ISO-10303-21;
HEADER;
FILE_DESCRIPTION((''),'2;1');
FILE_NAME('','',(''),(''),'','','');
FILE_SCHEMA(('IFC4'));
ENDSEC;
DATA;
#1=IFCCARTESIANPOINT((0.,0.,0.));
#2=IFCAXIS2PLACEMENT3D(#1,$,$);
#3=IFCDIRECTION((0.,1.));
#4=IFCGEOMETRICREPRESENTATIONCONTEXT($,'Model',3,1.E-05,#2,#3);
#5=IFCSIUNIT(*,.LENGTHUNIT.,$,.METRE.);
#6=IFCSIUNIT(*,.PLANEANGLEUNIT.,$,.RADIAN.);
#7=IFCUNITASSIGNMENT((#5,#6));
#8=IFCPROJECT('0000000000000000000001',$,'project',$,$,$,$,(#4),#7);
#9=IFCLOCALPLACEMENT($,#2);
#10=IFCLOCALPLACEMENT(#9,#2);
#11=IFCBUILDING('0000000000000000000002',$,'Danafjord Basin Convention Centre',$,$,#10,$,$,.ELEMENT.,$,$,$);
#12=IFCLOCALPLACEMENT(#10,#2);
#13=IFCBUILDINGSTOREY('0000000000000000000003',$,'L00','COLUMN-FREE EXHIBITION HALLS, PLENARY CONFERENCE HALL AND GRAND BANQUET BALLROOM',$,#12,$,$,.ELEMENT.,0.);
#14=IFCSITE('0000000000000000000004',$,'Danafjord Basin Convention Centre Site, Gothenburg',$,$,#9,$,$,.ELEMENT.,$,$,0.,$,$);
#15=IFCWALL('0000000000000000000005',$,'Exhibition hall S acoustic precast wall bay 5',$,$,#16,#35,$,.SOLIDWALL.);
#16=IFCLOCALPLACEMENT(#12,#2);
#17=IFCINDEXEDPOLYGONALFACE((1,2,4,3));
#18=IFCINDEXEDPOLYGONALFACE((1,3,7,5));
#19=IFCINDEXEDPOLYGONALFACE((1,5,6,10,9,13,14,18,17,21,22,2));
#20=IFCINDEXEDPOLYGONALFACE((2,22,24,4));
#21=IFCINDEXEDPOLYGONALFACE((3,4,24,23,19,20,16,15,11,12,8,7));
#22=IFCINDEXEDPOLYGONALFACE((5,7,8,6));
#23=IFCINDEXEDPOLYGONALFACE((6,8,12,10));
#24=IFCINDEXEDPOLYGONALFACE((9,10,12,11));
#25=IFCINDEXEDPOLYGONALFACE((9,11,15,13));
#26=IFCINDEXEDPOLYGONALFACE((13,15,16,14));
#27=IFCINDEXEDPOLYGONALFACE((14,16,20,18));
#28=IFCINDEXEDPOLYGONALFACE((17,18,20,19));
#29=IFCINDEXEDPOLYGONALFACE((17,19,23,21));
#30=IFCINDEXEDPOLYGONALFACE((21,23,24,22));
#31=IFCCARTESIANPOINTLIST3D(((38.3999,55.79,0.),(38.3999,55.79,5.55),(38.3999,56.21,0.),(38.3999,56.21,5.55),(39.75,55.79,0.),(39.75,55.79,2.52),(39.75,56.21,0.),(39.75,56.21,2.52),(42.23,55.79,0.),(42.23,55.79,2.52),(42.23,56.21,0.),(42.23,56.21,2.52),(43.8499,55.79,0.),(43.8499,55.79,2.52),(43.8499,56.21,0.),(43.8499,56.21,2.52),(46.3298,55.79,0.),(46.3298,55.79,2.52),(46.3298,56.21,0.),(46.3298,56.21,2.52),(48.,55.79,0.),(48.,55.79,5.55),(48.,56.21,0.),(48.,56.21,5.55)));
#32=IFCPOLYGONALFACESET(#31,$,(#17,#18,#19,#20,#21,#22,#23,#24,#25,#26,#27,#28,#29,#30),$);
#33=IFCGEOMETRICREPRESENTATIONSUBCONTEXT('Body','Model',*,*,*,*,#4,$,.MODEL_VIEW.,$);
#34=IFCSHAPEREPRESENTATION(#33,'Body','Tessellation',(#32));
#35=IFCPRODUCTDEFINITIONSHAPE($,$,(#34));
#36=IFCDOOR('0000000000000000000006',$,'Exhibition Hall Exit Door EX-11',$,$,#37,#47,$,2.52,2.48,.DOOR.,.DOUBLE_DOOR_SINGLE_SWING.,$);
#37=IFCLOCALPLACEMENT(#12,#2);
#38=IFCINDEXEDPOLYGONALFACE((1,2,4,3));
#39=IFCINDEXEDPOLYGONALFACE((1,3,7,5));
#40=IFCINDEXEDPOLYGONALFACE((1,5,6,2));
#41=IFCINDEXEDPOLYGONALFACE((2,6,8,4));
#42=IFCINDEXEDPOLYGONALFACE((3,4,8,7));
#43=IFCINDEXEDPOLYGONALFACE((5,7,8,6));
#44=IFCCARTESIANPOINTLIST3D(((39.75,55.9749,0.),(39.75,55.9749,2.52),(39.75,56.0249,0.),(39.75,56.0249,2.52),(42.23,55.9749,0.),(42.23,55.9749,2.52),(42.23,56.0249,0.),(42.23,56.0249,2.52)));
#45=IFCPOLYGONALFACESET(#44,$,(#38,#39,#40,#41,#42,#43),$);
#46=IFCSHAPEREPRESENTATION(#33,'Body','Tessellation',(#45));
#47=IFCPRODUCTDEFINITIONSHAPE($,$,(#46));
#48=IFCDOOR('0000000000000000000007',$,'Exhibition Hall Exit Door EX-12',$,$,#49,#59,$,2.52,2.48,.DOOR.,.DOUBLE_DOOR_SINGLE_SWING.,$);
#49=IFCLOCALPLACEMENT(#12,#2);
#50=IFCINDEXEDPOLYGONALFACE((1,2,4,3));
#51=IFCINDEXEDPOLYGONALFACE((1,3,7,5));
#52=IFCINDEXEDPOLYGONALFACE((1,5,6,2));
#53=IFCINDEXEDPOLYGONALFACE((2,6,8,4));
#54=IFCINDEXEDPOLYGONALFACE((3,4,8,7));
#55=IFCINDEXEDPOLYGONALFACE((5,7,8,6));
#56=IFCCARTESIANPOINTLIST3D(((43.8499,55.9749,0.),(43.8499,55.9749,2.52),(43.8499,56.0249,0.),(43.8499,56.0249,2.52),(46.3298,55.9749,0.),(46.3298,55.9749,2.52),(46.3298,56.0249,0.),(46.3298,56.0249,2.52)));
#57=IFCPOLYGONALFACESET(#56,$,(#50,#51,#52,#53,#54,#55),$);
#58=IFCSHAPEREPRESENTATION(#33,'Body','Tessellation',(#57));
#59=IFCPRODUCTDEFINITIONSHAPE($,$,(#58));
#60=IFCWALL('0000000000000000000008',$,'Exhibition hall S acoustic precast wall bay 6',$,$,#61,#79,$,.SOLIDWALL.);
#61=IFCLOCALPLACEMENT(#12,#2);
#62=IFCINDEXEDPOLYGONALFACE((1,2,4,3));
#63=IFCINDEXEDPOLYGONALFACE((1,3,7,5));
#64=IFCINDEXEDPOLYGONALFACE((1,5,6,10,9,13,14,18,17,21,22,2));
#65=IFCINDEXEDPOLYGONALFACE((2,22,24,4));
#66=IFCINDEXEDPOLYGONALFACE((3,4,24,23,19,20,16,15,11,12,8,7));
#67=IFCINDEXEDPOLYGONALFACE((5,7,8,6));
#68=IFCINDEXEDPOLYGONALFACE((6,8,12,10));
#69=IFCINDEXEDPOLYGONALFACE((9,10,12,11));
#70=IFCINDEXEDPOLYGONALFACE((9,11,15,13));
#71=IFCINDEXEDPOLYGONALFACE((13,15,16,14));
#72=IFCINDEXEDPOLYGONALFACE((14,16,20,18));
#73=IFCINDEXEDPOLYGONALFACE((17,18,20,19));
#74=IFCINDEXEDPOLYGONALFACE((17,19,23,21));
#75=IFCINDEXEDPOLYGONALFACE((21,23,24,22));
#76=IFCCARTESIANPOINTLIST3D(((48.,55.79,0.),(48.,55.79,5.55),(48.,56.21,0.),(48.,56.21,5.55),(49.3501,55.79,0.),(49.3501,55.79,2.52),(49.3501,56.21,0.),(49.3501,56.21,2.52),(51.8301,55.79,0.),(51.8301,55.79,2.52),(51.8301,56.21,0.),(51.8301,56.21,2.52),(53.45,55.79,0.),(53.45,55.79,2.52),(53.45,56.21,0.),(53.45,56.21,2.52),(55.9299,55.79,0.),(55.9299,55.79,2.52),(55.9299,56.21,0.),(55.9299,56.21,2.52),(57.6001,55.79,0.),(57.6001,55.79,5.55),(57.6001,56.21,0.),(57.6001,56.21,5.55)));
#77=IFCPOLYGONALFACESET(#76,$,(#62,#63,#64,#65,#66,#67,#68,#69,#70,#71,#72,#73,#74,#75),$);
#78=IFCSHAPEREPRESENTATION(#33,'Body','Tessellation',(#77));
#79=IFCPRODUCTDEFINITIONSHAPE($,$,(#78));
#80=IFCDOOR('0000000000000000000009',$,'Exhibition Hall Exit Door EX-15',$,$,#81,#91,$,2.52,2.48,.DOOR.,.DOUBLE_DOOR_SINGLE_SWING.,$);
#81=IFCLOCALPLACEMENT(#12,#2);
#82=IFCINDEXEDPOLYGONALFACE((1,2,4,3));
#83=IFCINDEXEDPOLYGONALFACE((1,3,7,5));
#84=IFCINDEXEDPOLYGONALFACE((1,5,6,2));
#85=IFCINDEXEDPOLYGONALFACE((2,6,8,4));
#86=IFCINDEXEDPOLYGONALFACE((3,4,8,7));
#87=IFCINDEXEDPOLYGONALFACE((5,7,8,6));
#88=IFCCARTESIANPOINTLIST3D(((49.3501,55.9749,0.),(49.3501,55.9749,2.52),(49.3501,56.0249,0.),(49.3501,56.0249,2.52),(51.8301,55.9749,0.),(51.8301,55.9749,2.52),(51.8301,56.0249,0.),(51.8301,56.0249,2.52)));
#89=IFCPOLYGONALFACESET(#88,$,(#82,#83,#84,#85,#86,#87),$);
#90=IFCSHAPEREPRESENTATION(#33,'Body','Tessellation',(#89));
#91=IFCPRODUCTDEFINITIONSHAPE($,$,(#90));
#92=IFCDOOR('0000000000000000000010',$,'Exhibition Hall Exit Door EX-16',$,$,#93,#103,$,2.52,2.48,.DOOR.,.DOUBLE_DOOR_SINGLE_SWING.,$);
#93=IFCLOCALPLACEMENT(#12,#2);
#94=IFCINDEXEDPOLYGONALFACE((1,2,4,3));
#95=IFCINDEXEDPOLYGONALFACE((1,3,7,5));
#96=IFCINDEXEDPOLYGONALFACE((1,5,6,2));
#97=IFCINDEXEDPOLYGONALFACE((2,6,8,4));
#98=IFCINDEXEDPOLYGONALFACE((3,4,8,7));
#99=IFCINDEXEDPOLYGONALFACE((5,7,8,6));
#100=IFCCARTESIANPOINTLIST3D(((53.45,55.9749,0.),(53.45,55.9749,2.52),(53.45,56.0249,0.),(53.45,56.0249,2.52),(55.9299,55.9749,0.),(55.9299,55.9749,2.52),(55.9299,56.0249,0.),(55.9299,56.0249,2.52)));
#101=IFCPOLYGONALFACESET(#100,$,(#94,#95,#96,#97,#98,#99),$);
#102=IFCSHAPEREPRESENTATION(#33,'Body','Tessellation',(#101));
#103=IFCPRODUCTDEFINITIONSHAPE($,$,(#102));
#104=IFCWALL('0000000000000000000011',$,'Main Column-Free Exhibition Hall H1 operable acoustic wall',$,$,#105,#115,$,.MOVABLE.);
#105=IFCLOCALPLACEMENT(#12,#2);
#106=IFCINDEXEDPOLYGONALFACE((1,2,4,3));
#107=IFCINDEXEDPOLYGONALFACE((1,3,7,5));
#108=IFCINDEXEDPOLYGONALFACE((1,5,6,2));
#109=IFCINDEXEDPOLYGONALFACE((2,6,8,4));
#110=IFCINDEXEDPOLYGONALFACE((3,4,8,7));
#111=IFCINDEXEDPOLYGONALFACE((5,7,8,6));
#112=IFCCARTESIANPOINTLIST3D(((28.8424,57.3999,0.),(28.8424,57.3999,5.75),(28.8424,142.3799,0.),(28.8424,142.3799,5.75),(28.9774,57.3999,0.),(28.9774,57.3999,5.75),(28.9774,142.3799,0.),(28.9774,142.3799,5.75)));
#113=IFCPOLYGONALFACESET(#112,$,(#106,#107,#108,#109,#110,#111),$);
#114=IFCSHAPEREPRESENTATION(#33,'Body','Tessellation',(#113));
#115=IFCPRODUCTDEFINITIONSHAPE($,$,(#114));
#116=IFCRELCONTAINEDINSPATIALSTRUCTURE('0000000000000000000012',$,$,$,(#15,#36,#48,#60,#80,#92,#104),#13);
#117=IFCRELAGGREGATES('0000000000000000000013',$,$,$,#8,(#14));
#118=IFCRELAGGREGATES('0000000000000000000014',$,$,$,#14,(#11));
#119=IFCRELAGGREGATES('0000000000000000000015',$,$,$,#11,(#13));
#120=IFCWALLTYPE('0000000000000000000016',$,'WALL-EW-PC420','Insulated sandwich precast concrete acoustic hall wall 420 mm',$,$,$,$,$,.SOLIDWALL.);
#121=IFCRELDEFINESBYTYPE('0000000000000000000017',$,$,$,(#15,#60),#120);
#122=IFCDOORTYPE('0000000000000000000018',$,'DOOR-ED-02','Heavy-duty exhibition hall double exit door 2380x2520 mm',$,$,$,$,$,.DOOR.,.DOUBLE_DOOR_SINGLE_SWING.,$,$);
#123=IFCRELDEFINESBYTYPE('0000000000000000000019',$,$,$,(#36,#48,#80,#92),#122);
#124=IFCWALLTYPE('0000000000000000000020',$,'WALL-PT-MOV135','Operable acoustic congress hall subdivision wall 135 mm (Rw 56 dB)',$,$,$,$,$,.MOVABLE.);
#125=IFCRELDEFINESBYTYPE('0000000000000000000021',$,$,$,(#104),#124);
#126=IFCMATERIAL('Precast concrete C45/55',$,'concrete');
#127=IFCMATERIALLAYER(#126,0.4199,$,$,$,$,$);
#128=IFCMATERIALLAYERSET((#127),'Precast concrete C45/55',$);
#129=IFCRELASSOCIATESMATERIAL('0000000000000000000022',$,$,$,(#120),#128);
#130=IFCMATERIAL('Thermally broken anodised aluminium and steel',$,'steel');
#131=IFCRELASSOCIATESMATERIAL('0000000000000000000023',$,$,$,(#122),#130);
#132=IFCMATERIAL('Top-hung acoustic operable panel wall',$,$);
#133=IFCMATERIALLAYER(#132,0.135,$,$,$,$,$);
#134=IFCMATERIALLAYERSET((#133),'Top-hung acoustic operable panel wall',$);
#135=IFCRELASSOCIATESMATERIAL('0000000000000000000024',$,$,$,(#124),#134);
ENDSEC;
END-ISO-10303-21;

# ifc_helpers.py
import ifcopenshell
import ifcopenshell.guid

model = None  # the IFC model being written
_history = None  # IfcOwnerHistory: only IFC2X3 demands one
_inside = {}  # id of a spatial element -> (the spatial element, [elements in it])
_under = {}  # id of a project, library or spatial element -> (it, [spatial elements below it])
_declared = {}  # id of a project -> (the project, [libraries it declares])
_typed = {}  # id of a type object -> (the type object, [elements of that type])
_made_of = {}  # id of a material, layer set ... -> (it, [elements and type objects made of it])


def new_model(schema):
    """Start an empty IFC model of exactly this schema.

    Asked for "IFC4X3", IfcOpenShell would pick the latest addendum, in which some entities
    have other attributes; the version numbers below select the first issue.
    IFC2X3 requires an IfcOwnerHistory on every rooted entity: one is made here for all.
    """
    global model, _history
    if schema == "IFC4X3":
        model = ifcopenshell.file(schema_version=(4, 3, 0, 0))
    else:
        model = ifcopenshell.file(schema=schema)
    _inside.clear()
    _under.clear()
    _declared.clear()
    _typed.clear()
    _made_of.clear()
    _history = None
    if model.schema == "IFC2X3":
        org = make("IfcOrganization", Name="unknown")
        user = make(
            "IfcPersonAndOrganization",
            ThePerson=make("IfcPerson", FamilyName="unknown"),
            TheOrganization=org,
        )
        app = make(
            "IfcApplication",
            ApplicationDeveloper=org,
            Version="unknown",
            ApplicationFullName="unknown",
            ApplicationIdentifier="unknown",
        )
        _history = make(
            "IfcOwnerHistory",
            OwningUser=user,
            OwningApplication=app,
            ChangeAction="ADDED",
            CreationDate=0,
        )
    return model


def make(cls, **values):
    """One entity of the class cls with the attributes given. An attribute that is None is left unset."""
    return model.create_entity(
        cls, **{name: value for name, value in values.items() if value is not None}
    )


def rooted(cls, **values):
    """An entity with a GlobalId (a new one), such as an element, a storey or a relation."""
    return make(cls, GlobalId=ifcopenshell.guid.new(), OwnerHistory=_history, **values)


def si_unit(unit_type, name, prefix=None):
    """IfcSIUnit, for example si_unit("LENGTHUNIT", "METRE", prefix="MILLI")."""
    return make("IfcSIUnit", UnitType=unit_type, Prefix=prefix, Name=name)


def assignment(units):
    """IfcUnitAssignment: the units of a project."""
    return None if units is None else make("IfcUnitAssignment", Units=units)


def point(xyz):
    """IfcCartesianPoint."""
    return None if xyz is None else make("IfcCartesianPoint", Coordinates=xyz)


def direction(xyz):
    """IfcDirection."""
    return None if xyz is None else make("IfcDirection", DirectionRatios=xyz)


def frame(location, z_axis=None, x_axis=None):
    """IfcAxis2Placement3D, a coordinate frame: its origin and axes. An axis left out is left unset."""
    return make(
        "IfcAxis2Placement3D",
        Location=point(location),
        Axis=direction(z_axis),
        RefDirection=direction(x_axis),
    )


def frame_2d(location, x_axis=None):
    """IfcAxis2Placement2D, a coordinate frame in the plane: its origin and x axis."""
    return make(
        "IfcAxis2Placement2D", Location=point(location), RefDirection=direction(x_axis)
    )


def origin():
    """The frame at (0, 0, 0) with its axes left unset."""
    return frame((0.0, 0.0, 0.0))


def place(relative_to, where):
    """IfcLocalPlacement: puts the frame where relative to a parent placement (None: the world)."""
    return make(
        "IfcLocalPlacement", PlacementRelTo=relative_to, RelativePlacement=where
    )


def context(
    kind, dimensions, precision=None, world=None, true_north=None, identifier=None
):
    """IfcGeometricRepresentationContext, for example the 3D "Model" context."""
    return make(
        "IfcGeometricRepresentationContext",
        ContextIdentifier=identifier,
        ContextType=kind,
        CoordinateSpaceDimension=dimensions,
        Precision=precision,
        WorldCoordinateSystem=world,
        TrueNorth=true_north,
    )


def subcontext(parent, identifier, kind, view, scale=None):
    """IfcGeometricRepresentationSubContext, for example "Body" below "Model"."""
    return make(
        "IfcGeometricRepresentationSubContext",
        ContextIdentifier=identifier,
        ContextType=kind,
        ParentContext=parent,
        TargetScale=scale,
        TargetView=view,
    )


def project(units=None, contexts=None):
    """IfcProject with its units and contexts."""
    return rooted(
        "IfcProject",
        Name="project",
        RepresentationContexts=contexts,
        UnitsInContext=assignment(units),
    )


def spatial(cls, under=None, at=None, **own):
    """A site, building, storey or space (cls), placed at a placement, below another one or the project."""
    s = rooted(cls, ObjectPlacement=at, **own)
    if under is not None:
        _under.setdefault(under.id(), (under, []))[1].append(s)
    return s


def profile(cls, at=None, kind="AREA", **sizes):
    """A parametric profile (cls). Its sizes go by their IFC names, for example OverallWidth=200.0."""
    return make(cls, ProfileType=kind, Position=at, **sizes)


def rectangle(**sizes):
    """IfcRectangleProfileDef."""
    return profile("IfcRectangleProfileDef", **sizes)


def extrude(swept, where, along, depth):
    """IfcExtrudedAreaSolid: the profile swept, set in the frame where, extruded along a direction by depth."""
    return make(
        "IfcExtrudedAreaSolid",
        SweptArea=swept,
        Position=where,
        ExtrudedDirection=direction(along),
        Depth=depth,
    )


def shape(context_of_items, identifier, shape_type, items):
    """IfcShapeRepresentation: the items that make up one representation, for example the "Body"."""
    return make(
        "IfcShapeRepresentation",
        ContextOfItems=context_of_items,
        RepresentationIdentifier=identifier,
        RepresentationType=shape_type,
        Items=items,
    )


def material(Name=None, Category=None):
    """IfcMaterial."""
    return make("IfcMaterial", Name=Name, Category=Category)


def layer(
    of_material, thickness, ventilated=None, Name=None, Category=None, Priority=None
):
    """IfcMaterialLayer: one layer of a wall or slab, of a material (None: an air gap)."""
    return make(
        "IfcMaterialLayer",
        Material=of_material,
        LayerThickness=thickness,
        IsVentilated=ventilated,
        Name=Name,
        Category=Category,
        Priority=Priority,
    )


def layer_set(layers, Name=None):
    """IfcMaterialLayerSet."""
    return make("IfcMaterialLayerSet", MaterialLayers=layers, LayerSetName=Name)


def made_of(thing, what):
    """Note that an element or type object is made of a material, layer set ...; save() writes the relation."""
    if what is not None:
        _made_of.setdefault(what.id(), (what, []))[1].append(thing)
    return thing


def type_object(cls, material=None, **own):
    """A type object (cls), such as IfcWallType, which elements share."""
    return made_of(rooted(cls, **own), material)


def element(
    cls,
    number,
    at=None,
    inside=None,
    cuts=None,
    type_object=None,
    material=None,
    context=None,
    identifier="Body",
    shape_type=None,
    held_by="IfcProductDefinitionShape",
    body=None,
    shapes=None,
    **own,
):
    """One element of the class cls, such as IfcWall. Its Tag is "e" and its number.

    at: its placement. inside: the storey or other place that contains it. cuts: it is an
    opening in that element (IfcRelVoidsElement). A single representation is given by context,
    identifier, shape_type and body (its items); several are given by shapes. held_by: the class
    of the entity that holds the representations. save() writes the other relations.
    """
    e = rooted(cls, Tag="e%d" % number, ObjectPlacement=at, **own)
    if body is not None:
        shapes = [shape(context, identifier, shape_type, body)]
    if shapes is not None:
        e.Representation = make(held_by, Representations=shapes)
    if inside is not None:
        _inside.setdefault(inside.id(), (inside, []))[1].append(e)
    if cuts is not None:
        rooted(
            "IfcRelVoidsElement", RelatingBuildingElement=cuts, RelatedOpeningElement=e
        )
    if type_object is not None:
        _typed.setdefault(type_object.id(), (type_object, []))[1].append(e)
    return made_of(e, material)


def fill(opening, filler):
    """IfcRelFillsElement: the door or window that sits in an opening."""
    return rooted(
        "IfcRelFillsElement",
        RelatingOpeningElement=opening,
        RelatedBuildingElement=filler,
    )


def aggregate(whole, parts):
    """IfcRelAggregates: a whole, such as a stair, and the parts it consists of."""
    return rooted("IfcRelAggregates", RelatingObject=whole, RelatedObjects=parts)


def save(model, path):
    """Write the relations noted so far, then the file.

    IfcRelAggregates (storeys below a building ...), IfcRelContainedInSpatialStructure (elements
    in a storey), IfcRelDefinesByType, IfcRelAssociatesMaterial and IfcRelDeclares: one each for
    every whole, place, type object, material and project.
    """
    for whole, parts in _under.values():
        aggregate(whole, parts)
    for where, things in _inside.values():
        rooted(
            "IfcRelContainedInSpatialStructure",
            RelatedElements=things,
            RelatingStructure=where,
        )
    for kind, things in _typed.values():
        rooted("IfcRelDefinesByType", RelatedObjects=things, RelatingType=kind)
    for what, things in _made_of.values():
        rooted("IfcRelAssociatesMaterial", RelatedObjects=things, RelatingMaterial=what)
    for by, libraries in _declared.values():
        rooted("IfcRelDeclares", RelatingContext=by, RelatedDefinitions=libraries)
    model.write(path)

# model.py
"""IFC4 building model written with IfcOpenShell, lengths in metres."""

from ifc_helpers import new_model, si_unit, direction, frame, frame_2d, origin, place, context, subcontext, project, spatial, rectangle, extrude, material, layer, layer_set, type_object, element, fill, save


model = new_model("IFC4")

# Units and contexts
model_context = context("Model", 3, precision=1e-05, world=origin(), true_north=direction((0.0, 1.0)))
body_context = subcontext(model_context, "Body", "Model", "MODEL_VIEW")
ifc_project = project(units=[si_unit("LENGTHUNIT", "METRE"), si_unit("PLANEANGLEUNIT", "RADIAN")], contexts=[model_context])

# Site, building, storey
site_placement = place(None, origin())
site = spatial("IfcSite", under=ifc_project, at=site_placement, Name="Danafjord Basin Convention Centre Site, Gothenburg", CompositionType="ELEMENT", RefElevation=0.0)
building_placement = place(site_placement, origin())
building = spatial("IfcBuilding", under=site, at=building_placement, Name="Danafjord Basin Convention Centre", CompositionType="ELEMENT")
storey_placement = place(building_placement, origin())
storey = spatial("IfcBuildingStorey", under=building, at=storey_placement, Name="L00", Description="COLUMN-FREE EXHIBITION HALLS, PLENARY CONFERENCE HALL AND GRAND BANQUET BALLROOM", CompositionType="ELEMENT", Elevation=0.0)

# Walls, openings, doors
ifc_material_1 = material(Name="Precast concrete C45/55", Category="concrete")
ifc_layer_1 = layer(ifc_material_1, 0.4199)
ifc_layer_set_1 = layer_set([ifc_layer_1], Name="Precast concrete C45/55")
wall_type_1 = type_object("IfcWallType", Name="WALL-EW-PC420", Description="Insulated sandwich precast concrete acoustic hall wall 420 mm", PredefinedType="SOLIDWALL", material=ifc_layer_set_1)
wall_1_placement = place(storey_placement, frame((38.3999, 56.0, 0.0), z_axis=(0.0, 0.0, 1.0), x_axis=(1.0, 0.0, 0.0)))
wall_1 = element("IfcWall", 1, at=wall_1_placement, inside=storey, type_object=wall_type_1, Name="Exhibition hall S acoustic precast wall bay 5", PredefinedType="SOLIDWALL", context=body_context, shape_type="SweptSolid", body=[
    extrude(rectangle(XDim=9.6001, YDim=0.4199, at=frame_2d((4.8, 0.0))), origin(), (0.0, 0.0, 1.0), 5.55),
])
opening_1_placement = place(wall_1_placement, frame((1.3501, 0.0, 0.0)))
opening_1 = element("IfcOpeningElement", 2, at=opening_1_placement, cuts=wall_1, PredefinedType="OPENING", context=body_context, shape_type="SweptSolid", body=[
    extrude(rectangle(XDim=2.48, YDim=2.52, at=frame_2d((1.24, 1.26))), frame((0.0, 0.22, 0.0), z_axis=(0.0, -1.0, 0.0), x_axis=(1.0, 0.0, 0.0)), (0.0, 0.0, 1.0), 0.4399),
])
opening_2_placement = place(wall_1_placement, frame((5.45, 0.0, 0.0)))
opening_2 = element("IfcOpeningElement", 3, at=opening_2_placement, cuts=wall_1, PredefinedType="OPENING", context=body_context, shape_type="SweptSolid", body=[
    extrude(rectangle(XDim=2.48, YDim=2.52, at=frame_2d((1.24, 1.26))), frame((0.0, 0.22, 0.0), z_axis=(0.0, -1.0, 0.0), x_axis=(1.0, 0.0, 0.0)), (0.0, 0.0, 1.0), 0.4399),
])
ifc_material_2 = material(Name="Thermally broken anodised aluminium and steel", Category="steel")
door_type = type_object("IfcDoorType", Name="DOOR-ED-02", Description="Heavy-duty exhibition hall double exit door 2380x2520 mm", OperationType="DOUBLE_DOOR_SINGLE_SWING", PredefinedType="DOOR", material=ifc_material_2)
door_1_placement = place(opening_1_placement, origin())
door_1 = element("IfcDoor", 4, at=door_1_placement, inside=storey, type_object=door_type, Name="Exhibition Hall Exit Door EX-11", OperationType="DOUBLE_DOOR_SINGLE_SWING", OverallHeight=2.52, OverallWidth=2.48, PredefinedType="DOOR", context=body_context, shape_type="SweptSolid", body=[
    extrude(rectangle(XDim=2.48, YDim=2.52, at=frame_2d((1.24, 1.26))), frame((0.0, 0.0249, 0.0), z_axis=(0.0, -1.0, 0.0), x_axis=(1.0, 0.0, 0.0)), (0.0, 0.0, 1.0), 0.05),
])
fill(opening_1, door_1)
door_2_placement = place(opening_2_placement, origin())
door_2 = element("IfcDoor", 5, at=door_2_placement, inside=storey, type_object=door_type, Name="Exhibition Hall Exit Door EX-12", OperationType="DOUBLE_DOOR_SINGLE_SWING", OverallHeight=2.52, OverallWidth=2.48, PredefinedType="DOOR", context=body_context, shape_type="SweptSolid", body=[
    extrude(rectangle(XDim=2.48, YDim=2.52, at=frame_2d((1.24, 1.26))), frame((0.0, 0.0249, 0.0), z_axis=(0.0, -1.0, 0.0), x_axis=(1.0, 0.0, 0.0)), (0.0, 0.0, 1.0), 0.05),
])
fill(opening_2, door_2)
wall_2_placement = place(storey_placement, frame((48.0, 56.0, 0.0), z_axis=(0.0, 0.0, 1.0), x_axis=(1.0, 0.0, 0.0)))
wall_2 = element("IfcWall", 6, at=wall_2_placement, inside=storey, type_object=wall_type_1, Name="Exhibition hall S acoustic precast wall bay 6", PredefinedType="SOLIDWALL", context=body_context, shape_type="SweptSolid", body=[
    extrude(rectangle(XDim=9.6001, YDim=0.4199, at=frame_2d((4.8, 0.0))), origin(), (0.0, 0.0, 1.0), 5.55),
])
opening_3_placement = place(wall_2_placement, frame((1.3501, 0.0, 0.0)))
opening_3 = element("IfcOpeningElement", 7, at=opening_3_placement, cuts=wall_2, PredefinedType="OPENING", context=body_context, shape_type="SweptSolid", body=[
    extrude(rectangle(XDim=2.48, YDim=2.52, at=frame_2d((1.24, 1.26))), frame((0.0, 0.22, 0.0), z_axis=(0.0, -1.0, 0.0), x_axis=(1.0, 0.0, 0.0)), (0.0, 0.0, 1.0), 0.4399),
])
opening_4_placement = place(wall_2_placement, frame((5.45, 0.0, 0.0)))
opening_4 = element("IfcOpeningElement", 8, at=opening_4_placement, cuts=wall_2, PredefinedType="OPENING", context=body_context, shape_type="SweptSolid", body=[
    extrude(rectangle(XDim=2.48, YDim=2.52, at=frame_2d((1.24, 1.26))), frame((0.0, 0.22, 0.0), z_axis=(0.0, -1.0, 0.0), x_axis=(1.0, 0.0, 0.0)), (0.0, 0.0, 1.0), 0.4399),
])
door_3_placement = place(opening_3_placement, origin())
door_3 = element("IfcDoor", 9, at=door_3_placement, inside=storey, type_object=door_type, Name="Exhibition Hall Exit Door EX-15", OperationType="DOUBLE_DOOR_SINGLE_SWING", OverallHeight=2.52, OverallWidth=2.48, PredefinedType="DOOR", context=body_context, shape_type="SweptSolid", body=[
    extrude(rectangle(XDim=2.48, YDim=2.52, at=frame_2d((1.24, 1.26))), frame((0.0, 0.0249, 0.0), z_axis=(0.0, -1.0, 0.0), x_axis=(1.0, 0.0, 0.0)), (0.0, 0.0, 1.0), 0.05),
])
fill(opening_3, door_3)
door_4_placement = place(opening_4_placement, origin())
door_4 = element("IfcDoor", 10, at=door_4_placement, inside=storey, type_object=door_type, Name="Exhibition Hall Exit Door EX-16", OperationType="DOUBLE_DOOR_SINGLE_SWING", OverallHeight=2.52, OverallWidth=2.48, PredefinedType="DOOR", context=body_context, shape_type="SweptSolid", body=[
    extrude(rectangle(XDim=2.48, YDim=2.52, at=frame_2d((1.24, 1.26))), frame((0.0, 0.0249, 0.0), z_axis=(0.0, -1.0, 0.0), x_axis=(1.0, 0.0, 0.0)), (0.0, 0.0, 1.0), 0.05),
])
fill(opening_4, door_4)

# Wall
ifc_material_3 = material(Name="Top-hung acoustic operable panel wall")
ifc_layer_2 = layer(ifc_material_3, 0.135)
ifc_layer_set_2 = layer_set([ifc_layer_2], Name="Top-hung acoustic operable panel wall")
wall_type_2 = type_object("IfcWallType", Name="WALL-PT-MOV135", Description="Operable acoustic congress hall subdivision wall 135 mm (Rw 56 dB)", PredefinedType="MOVABLE", material=ifc_layer_set_2)
wall_3_placement = place(storey_placement, frame((28.9099, 57.3999, 0.0), z_axis=(0.0, 0.0, 1.0), x_axis=(0.0, 1.0, 0.0)))
element("IfcWall", 11, at=wall_3_placement, inside=storey, type_object=wall_type_2, Name="Main Column-Free Exhibition Hall H1 operable acoustic wall", PredefinedType="MOVABLE", context=body_context, shape_type="SweptSolid", body=[
    extrude(rectangle(XDim=84.98, YDim=0.135, at=frame_2d((42.49, 0.0))), origin(), (0.0, 0.0, 1.0), 5.75),
])

save(model, "model.ifc")
